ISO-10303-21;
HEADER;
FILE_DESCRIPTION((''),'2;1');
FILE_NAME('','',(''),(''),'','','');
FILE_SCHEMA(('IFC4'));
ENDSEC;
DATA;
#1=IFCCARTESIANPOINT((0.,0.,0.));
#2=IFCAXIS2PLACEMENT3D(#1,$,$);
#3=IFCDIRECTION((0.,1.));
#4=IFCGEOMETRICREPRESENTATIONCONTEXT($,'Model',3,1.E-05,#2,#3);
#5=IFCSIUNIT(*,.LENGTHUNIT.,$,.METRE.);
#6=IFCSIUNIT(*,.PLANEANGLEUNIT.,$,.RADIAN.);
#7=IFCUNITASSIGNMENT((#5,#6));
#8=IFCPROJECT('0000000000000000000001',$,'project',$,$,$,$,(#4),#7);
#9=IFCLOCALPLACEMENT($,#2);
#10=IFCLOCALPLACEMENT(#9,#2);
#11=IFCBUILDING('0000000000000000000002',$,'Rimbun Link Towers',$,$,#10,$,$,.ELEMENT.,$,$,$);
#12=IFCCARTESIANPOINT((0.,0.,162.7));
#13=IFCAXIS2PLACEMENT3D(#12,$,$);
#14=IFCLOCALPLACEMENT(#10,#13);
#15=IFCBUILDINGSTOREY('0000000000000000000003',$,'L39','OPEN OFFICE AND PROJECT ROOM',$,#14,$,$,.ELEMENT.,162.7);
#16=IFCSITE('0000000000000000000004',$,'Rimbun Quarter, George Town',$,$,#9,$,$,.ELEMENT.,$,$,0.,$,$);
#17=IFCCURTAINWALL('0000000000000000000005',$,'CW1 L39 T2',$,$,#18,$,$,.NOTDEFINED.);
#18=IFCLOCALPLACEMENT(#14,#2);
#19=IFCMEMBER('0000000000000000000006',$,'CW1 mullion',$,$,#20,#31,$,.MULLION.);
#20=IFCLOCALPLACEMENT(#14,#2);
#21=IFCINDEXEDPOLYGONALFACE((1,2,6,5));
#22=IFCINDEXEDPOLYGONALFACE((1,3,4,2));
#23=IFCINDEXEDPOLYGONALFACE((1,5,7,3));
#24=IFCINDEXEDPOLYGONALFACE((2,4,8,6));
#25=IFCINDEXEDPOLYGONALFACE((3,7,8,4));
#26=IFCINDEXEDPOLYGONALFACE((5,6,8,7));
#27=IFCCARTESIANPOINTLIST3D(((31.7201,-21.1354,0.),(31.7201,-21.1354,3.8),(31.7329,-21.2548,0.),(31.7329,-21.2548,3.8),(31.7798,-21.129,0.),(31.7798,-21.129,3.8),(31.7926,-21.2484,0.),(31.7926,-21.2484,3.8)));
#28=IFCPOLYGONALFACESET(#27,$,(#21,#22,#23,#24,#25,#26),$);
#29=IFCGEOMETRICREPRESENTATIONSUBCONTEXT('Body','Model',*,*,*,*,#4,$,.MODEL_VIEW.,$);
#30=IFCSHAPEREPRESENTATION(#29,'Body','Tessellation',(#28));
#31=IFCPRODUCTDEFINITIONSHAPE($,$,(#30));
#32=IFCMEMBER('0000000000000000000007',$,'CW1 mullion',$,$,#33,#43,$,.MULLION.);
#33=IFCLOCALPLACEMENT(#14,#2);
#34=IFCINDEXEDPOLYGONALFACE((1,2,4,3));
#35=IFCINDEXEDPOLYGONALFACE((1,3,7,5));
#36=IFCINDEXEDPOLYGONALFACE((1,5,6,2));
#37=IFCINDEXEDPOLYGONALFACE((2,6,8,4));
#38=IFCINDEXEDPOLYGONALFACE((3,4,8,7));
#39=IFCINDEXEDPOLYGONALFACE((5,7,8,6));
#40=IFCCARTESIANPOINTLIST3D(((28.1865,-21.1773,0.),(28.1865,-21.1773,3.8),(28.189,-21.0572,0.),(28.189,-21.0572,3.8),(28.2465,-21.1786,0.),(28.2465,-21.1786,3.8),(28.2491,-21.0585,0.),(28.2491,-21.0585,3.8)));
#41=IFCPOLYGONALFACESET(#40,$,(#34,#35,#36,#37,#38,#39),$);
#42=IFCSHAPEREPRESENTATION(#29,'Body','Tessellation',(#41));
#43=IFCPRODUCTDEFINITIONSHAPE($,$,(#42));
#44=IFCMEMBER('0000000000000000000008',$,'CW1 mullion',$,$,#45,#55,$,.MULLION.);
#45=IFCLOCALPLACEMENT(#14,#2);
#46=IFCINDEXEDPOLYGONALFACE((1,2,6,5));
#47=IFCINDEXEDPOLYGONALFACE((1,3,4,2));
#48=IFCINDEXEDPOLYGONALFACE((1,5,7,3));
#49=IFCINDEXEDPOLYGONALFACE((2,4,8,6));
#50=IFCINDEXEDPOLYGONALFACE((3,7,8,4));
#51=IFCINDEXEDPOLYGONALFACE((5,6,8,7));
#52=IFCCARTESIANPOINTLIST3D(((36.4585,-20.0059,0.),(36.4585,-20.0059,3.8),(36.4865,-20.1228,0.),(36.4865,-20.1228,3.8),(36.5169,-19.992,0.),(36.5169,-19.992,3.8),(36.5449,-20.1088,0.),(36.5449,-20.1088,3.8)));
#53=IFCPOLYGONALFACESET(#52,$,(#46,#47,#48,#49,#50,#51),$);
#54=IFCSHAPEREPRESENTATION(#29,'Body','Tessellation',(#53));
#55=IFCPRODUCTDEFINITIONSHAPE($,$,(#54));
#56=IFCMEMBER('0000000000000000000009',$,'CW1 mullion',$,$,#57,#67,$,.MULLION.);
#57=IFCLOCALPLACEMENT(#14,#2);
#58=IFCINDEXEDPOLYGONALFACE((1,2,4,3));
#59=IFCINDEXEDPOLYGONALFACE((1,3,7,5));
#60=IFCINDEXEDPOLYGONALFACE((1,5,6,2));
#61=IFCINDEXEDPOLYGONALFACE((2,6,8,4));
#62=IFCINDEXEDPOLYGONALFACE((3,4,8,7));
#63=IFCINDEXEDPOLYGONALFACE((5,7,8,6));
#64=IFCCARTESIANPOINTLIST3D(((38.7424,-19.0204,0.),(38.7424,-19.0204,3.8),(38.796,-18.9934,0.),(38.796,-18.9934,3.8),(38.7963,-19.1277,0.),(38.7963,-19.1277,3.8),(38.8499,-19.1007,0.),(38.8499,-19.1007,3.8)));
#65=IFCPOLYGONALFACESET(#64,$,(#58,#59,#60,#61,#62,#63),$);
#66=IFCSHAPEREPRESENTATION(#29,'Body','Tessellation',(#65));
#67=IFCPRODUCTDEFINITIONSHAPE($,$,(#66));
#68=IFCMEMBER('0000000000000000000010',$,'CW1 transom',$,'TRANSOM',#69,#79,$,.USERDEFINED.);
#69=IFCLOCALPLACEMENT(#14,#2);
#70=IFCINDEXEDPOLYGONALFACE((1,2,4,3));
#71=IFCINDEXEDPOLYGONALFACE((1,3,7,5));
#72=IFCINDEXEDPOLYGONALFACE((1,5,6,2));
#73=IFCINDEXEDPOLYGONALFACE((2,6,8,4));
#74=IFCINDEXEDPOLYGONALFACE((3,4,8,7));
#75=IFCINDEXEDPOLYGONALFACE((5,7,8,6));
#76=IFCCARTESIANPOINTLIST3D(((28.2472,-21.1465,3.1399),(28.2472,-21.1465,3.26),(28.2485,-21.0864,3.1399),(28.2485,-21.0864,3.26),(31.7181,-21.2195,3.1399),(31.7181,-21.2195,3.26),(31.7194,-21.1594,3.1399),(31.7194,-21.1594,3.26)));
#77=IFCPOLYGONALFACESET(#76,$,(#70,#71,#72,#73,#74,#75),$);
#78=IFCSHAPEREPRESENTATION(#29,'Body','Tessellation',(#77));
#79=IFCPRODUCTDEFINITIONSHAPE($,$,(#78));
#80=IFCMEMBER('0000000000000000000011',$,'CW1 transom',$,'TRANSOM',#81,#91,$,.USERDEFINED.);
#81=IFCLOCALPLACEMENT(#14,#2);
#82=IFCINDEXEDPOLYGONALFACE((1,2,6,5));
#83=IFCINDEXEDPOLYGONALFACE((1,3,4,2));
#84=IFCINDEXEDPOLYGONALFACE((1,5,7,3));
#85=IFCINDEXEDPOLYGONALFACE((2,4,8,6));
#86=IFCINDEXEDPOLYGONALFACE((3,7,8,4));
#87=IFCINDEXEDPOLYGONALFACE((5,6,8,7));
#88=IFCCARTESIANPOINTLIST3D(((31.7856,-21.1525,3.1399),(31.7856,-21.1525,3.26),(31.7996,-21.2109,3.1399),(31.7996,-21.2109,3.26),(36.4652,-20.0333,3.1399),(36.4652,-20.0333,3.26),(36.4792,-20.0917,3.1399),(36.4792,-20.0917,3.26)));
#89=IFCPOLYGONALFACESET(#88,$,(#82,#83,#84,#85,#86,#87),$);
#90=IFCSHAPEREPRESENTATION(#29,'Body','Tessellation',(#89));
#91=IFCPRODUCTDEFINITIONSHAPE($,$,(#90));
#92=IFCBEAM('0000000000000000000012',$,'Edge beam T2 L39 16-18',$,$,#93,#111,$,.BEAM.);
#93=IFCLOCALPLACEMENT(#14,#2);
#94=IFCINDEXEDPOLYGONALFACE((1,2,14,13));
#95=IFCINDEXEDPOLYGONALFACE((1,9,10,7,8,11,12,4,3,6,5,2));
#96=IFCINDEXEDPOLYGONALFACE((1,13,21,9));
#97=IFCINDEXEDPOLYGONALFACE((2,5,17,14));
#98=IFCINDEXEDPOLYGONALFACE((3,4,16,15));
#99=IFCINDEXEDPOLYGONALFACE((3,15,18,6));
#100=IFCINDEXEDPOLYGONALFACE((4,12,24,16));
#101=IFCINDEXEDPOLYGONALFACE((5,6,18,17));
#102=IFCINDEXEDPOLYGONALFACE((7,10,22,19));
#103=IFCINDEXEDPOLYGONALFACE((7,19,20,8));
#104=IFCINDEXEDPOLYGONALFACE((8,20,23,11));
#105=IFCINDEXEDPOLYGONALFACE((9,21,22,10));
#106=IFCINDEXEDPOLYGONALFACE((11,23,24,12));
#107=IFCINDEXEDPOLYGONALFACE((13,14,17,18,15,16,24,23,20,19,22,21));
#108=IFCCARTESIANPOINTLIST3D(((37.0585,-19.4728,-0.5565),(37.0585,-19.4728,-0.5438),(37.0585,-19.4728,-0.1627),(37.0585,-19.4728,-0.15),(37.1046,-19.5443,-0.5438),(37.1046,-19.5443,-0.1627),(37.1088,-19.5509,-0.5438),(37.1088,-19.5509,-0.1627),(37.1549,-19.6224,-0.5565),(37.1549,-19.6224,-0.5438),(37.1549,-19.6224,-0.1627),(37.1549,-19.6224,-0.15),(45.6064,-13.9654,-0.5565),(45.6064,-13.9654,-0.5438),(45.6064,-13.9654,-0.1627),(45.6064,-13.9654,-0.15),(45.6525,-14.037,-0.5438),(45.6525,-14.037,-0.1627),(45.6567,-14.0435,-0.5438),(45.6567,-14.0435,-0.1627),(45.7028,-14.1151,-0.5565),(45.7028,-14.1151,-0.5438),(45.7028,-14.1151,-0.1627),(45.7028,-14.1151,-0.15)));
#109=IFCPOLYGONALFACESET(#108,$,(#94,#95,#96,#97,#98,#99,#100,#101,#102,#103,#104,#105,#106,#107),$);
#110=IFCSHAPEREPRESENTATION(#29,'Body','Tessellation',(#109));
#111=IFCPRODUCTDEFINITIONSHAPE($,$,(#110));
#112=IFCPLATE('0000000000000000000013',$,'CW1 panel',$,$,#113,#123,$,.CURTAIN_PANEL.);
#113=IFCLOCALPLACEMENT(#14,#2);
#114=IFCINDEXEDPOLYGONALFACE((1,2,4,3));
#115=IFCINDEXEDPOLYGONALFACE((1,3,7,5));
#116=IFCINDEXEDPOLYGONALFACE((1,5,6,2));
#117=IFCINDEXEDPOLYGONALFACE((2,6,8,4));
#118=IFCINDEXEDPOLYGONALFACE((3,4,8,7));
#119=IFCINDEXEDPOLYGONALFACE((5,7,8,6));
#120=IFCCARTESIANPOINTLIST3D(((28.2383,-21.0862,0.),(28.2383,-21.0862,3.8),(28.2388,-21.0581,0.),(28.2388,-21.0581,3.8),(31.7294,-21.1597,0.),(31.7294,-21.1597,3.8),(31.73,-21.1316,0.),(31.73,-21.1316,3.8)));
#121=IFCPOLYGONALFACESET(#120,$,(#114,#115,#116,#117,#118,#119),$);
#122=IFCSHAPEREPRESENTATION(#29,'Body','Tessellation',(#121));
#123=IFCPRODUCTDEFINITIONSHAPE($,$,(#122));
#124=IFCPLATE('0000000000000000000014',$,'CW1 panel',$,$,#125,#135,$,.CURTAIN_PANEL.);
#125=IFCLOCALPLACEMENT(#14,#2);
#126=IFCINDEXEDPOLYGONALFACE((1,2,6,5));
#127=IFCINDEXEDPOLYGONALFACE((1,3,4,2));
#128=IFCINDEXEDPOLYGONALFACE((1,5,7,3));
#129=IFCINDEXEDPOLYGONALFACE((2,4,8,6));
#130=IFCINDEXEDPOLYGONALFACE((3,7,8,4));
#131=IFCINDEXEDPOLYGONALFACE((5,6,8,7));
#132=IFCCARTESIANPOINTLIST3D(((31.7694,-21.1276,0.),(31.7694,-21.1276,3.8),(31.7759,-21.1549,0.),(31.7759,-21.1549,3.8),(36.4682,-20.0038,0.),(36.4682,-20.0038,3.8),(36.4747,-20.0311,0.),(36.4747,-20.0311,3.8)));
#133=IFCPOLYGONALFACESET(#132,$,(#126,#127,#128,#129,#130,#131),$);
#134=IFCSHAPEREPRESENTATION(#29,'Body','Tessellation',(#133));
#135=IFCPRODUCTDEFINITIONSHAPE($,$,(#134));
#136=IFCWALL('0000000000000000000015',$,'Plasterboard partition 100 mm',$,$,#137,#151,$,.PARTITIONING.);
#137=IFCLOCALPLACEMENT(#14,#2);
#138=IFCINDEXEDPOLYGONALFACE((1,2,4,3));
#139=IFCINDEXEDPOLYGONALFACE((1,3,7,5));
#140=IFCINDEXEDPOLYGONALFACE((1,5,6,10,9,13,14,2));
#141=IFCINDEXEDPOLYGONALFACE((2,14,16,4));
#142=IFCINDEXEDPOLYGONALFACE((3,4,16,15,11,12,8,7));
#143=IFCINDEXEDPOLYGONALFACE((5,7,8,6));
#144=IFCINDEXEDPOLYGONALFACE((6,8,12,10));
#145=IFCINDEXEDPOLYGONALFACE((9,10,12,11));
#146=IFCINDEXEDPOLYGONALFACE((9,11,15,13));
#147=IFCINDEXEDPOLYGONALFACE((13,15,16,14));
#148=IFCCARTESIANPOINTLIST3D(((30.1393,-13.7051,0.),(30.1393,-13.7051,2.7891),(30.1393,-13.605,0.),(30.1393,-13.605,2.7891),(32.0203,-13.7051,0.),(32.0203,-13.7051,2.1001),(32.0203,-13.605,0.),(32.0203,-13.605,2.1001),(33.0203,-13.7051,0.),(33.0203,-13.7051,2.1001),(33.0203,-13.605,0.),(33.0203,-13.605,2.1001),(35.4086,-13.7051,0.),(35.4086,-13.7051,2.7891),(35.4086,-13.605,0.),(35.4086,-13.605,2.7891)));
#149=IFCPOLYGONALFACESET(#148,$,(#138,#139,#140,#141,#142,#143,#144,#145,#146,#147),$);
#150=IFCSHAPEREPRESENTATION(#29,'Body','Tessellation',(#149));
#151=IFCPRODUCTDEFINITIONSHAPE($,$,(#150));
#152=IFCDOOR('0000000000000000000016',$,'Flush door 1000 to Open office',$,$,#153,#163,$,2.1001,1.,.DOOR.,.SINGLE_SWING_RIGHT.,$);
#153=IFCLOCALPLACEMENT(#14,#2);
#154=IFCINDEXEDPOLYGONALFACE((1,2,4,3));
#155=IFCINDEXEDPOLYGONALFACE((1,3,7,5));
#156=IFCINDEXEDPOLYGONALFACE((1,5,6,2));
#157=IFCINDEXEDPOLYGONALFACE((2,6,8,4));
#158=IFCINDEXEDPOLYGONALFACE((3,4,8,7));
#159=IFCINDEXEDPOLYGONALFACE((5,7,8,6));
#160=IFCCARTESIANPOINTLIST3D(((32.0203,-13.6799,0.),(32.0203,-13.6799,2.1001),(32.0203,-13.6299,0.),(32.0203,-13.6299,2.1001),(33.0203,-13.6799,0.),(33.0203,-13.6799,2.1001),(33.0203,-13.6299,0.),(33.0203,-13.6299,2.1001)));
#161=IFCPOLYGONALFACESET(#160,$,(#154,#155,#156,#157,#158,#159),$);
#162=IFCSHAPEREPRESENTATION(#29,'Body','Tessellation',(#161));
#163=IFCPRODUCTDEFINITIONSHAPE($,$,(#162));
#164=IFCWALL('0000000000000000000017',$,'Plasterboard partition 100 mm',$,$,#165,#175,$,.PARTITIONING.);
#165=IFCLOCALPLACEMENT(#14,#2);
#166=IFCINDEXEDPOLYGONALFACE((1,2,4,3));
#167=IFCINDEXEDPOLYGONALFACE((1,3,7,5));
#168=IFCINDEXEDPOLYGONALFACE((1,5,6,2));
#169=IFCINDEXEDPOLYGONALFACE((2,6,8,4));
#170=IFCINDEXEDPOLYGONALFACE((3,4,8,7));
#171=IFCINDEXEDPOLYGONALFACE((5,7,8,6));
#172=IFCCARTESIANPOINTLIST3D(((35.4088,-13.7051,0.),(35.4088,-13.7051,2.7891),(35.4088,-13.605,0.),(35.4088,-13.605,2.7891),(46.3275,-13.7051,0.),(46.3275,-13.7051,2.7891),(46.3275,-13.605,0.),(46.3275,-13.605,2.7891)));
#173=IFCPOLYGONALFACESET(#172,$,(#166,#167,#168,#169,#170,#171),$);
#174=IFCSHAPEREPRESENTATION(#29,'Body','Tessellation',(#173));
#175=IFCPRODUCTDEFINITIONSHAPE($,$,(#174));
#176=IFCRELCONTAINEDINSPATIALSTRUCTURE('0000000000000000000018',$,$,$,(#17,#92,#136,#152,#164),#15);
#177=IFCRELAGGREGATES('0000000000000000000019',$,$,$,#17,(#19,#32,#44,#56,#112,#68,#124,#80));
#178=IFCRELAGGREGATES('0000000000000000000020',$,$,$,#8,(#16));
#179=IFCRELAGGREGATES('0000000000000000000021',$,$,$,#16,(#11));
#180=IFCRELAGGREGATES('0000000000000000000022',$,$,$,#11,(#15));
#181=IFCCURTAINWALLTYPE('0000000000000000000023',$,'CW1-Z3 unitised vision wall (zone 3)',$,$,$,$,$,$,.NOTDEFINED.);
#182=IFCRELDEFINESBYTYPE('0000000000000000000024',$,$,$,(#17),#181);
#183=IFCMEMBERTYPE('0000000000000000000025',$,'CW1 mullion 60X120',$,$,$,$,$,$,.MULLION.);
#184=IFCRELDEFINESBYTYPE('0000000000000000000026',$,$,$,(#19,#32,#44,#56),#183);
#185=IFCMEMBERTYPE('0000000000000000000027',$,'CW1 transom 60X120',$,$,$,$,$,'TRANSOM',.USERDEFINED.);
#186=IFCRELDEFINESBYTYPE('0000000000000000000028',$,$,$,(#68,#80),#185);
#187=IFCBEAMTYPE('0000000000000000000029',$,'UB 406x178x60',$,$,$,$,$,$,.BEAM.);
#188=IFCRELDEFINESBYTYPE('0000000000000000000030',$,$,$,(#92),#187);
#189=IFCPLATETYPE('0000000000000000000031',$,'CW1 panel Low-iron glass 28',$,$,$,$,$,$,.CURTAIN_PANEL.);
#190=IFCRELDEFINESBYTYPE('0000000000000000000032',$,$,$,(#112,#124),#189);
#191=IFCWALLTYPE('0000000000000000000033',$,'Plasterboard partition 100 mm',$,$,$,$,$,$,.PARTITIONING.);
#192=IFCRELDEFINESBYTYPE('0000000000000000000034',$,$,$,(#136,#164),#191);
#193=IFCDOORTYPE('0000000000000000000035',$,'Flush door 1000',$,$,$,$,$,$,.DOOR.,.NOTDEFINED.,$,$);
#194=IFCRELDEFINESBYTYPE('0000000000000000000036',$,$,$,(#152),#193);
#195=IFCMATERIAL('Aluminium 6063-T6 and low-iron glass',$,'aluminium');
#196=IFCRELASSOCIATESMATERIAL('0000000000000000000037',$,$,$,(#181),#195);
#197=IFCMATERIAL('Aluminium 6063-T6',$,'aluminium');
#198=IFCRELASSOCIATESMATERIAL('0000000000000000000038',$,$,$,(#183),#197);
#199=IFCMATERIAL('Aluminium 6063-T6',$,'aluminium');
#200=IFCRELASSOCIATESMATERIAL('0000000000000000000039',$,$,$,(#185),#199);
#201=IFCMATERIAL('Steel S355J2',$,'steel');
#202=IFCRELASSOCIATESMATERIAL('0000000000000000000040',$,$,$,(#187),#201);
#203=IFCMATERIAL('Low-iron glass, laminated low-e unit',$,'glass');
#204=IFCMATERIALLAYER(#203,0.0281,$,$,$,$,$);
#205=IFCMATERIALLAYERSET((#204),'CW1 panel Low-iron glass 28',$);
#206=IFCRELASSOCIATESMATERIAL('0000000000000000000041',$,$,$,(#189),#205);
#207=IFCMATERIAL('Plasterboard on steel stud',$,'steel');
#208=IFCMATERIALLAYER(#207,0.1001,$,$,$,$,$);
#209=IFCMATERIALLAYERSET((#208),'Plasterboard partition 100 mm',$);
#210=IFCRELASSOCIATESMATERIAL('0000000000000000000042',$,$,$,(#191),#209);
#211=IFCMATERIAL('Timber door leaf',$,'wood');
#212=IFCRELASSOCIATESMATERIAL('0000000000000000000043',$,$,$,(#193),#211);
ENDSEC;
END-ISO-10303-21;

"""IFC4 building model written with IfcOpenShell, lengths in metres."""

from ifc_helpers import new_model, si_unit, direction, frame, frame_2d, origin, origin_2d, place, context, subcontext, project, spatial, rectangle, i_section, extrude, material, layer, layer_set, material_profile, profile_set, type_object, element, fill, aggregate, save


model = new_model("IFC4")

# Units and contexts
model_context = context("Model", 3, precision=1e-05, world=origin(), true_north=direction((0.0, 1.0)))
body_context = subcontext(model_context, "Body", "Model", "MODEL_VIEW")
ifc_project = project(units=[si_unit("LENGTHUNIT", "METRE"), si_unit("PLANEANGLEUNIT", "RADIAN")], contexts=[model_context])

# Site, building, storey
site_placement = place(None, origin())
site = spatial("IfcSite", under=ifc_project, at=site_placement, Name="Rimbun Quarter, George Town", CompositionType="ELEMENT", RefElevation=0.0)
building_placement = place(site_placement, origin())
building = spatial("IfcBuilding", under=site, at=building_placement, Name="Rimbun Link Towers", CompositionType="ELEMENT")
storey_placement = place(building_placement, frame((0.0, 0.0, 162.7)))
storey = spatial("IfcBuildingStorey", under=building, at=storey_placement, Name="L39", Description="OPEN OFFICE AND PROJECT ROOM", CompositionType="ELEMENT", Elevation=162.7)

# Curtain wall, members
ifc_material_1 = material(Name="Aluminium 6063-T6 and low-iron glass", Category="aluminium")
curtain_wall_type = type_object("IfcCurtainWallType", Name="CW1-Z3 unitised vision wall (zone 3)", PredefinedType="NOTDEFINED", material=ifc_material_1)
curtain_wall_placement = place(storey_placement, origin())
curtain_wall = element("IfcCurtainWall", 1, at=curtain_wall_placement, inside=storey, type_object=curtain_wall_type, Name="CW1 L39 T2", PredefinedType="NOTDEFINED")
ifc_material_2 = material(Name="Aluminium 6063-T6", Category="aluminium")
ifc_material_profile_1 = material_profile(ifc_material_2, rectangle(XDim=0.1201, YDim=0.0601, at=origin_2d()), Name="MULLION 60X120")
ifc_profile_set_1 = profile_set([ifc_material_profile_1], Name="Aluminium 6063-T6")
member_type_1 = type_object("IfcMemberType", Name="CW1 mullion 60X120", PredefinedType="MULLION", material=ifc_profile_set_1)
member_1_placement = place(storey_placement, frame((31.7563, -21.1919, 0.0), z_axis=(0.0, 0.0, 1.0), x_axis=(0.106647, -0.994297, 0.0)))
member_1 = element("IfcMember", 2, at=member_1_placement, type_object=member_type_1, Name="CW1 mullion", PredefinedType="MULLION", context=body_context, shape_type="SweptSolid", body=[
    extrude(rectangle(XDim=0.1201, YDim=0.0601, at=origin_2d()), origin(), (0.0, 0.0, 1.0), 3.8),
])
member_2_placement = place(storey_placement, frame((28.2178, -21.1179, 0.0), z_axis=(0.0, 0.0, 1.0), x_axis=(-0.021059, -0.999778, 0.0)))
member_2 = element("IfcMember", 3, at=member_2_placement, type_object=member_type_1, Name="CW1 mullion", PredefinedType="MULLION", context=body_context, shape_type="SweptSolid", body=[
    extrude(rectangle(XDim=0.1201, YDim=0.0601, at=origin_2d()), origin(), (0.0, 0.0, 1.0), 3.8),
])
member_3_placement = place(storey_placement, frame((36.5017, -20.0574, 0.0), z_axis=(0.0, 0.0, 1.0), x_axis=(0.23261, -0.97257, 0.0)))
member_3 = element("IfcMember", 4, at=member_3_placement, type_object=member_type_1, Name="CW1 mullion", PredefinedType="MULLION", context=body_context, shape_type="SweptSolid", body=[
    extrude(rectangle(XDim=0.1201, YDim=0.0601, at=origin_2d()), origin(), (0.0, 0.0, 1.0), 3.8),
])
member_4_placement = place(storey_placement, frame((38.7961, -19.0605, 0.0), z_axis=(0.0, 0.0, 1.0), x_axis=(0.448766, -0.893649, 0.0)))
member_4 = element("IfcMember", 5, at=member_4_placement, type_object=member_type_1, Name="CW1 mullion", PredefinedType="MULLION", context=body_context, shape_type="SweptSolid", body=[
    extrude(rectangle(XDim=0.1201, YDim=0.0601, at=origin_2d()), origin(), (0.0, 0.0, 1.0), 3.8),
])
ifc_material_3 = material(Name="Aluminium 6063-T6", Category="aluminium")
ifc_material_profile_2 = material_profile(ifc_material_3, rectangle(XDim=0.0601, YDim=0.1201, at=origin_2d()), Name="TRANSOM 60X120")
ifc_profile_set_2 = profile_set([ifc_material_profile_2], Name="Aluminium 6063-T6")
member_type_2 = type_object("IfcMemberType", Name="CW1 transom 60X120", ElementType="TRANSOM", PredefinedType="USERDEFINED", material=ifc_profile_set_2)
member_5_placement = place(storey_placement, frame((31.7188, -21.1895, 3.2), z_axis=(-0.999779, 0.021027, 0.0), x_axis=(-0.021027, -0.999779, 0.0)))
member_5 = element("IfcMember", 6, at=member_5_placement, type_object=member_type_2, Name="CW1 transom", ObjectType="TRANSOM", PredefinedType="USERDEFINED", context=body_context, shape_type="SweptSolid", body=[
    extrude(rectangle(XDim=0.0601, YDim=0.1201, at=origin_2d()), origin(), (0.0, 0.0, 1.0), 3.4717),
])
member_6_placement = place(storey_placement, frame((36.4722, -20.0625, 3.2), z_axis=(-0.972572, -0.232601, 0.0), x_axis=(0.232601, -0.972572, 0.0)))
member_6 = element("IfcMember", 7, at=member_6_placement, type_object=member_type_2, Name="CW1 transom", ObjectType="TRANSOM", PredefinedType="USERDEFINED", context=body_context, shape_type="SweptSolid", body=[
    extrude(rectangle(XDim=0.0601, YDim=0.1201, at=origin_2d()), origin(), (0.0, 0.0, 1.0), 4.8115),
])

# Beam
ifc_material_4 = material(Name="Steel S355J2", Category="steel")
ifc_material_profile_3 = material_profile(ifc_material_4, i_section(OverallWidth=0.178, OverallDepth=0.4065, WebThickness=0.0078, FlangeThickness=0.0127, at=origin_2d()), Name="UB 406x178x60")
ifc_profile_set_3 = profile_set([ifc_material_profile_3], Name="Steel S355J2")
beam_type = type_object("IfcBeamType", Name="UB 406x178x60", PredefinedType="BEAM", material=ifc_profile_set_3)
beam_placement = place(storey_placement, frame((37.1067, -19.5476, -0.3533), z_axis=(0.840629, 0.541612, 0.0), x_axis=(-0.541612, 0.840629, 0.0)))
element("IfcBeam", 8, at=beam_placement, inside=storey, type_object=beam_type, Name="Edge beam T2 L39 16-18", PredefinedType="BEAM", context=body_context, shape_type="SweptSolid", body=[
    extrude(i_section(OverallWidth=0.178, OverallDepth=0.4065, WebThickness=0.0078, FlangeThickness=0.0127, at=origin_2d()), origin(), (0.0, 0.0, 1.0), 10.1685),
])

# Plates
ifc_material_5 = material(Name="Low-iron glass, laminated low-e unit", Category="glass")
ifc_layer_1 = layer(ifc_material_5, 0.0281)
ifc_layer_set_1 = layer_set([ifc_layer_1], Name="CW1 panel Low-iron glass 28")
plate_type = type_object("IfcPlateType", Name="CW1 panel Low-iron glass 28", PredefinedType="CURTAIN_PANEL", material=ifc_layer_set_1)
plate_1_placement = place(storey_placement, frame((29.9841, -21.1089, 0.0), z_axis=(0.0, 0.0, 1.0), x_axis=(-0.999778, 0.021059, 0.0)))
plate_1 = element("IfcPlate", 9, at=plate_1_placement, type_object=plate_type, Name="CW1 panel", PredefinedType="CURTAIN_PANEL", context=body_context, shape_type="SweptSolid", body=[
    extrude(rectangle(XDim=3.4919, YDim=0.0281, at=origin_2d()), origin(), (0.0, 0.0, 1.0), 3.8),
])
plate_2_placement = place(storey_placement, frame((34.1221, -20.5793, 0.0), z_axis=(0.0, 0.0, 1.0), x_axis=(-0.97257, -0.23261, 0.0)))
plate_2 = element("IfcPlate", 10, at=plate_2_placement, type_object=plate_type, Name="CW1 panel", PredefinedType="CURTAIN_PANEL", context=body_context, shape_type="SweptSolid", body=[
    extrude(rectangle(XDim=4.8313, YDim=0.0281, at=origin_2d()), origin(), (0.0, 0.0, 1.0), 3.8),
])
aggregate(curtain_wall, [member_1, member_2, member_3, member_4, plate_1, member_5, plate_2, member_6])

# Wall, opening, door
ifc_material_6 = material(Name="Plasterboard on steel stud", Category="steel")
ifc_layer_2 = layer(ifc_material_6, 0.1001)
ifc_layer_set_2 = layer_set([ifc_layer_2], Name="Plasterboard partition 100 mm")
wall_type = type_object("IfcWallType", Name="Plasterboard partition 100 mm", PredefinedType="PARTITIONING", material=ifc_layer_set_2)
wall_1_placement = place(storey_placement, frame((35.4087, -13.655, 0.0), z_axis=(0.0, 0.0, 1.0), x_axis=(-1.0, 0.0, 0.0)))
wall_1 = element("IfcWall", 11, at=wall_1_placement, inside=storey, type_object=wall_type, Name="Plasterboard partition 100 mm", PredefinedType="PARTITIONING", context=body_context, shape_type="SweptSolid", body=[
    extrude(rectangle(XDim=5.2693, YDim=0.1001, at=frame_2d((2.6348, 0.0))), origin(), (0.0, 0.0, 1.0), 2.7891),
])
opening_placement = place(wall_1_placement, frame((2.3884, 0.0, 0.0)))
opening = element("IfcOpeningElement", 12, at=opening_placement, cuts=wall_1, PredefinedType="OPENING", context=body_context, shape_type="SweptSolid", body=[
    extrude(rectangle(XDim=1.0, YDim=2.1001, at=frame_2d((0.5, 1.05))), frame((0.0, 0.0601, 0.0), z_axis=(0.0, -1.0, 0.0), x_axis=(1.0, 0.0, 0.0)), (0.0, 0.0, 1.0), 0.1201),
])
ifc_material_7 = material(Name="Timber door leaf", Category="wood")
door_type = type_object("IfcDoorType", Name="Flush door 1000", OperationType="NOTDEFINED", PredefinedType="DOOR", material=ifc_material_7)
door_placement = place(opening_placement, origin())
door = element("IfcDoor", 13, at=door_placement, inside=storey, type_object=door_type, Name="Flush door 1000 to Open office", OperationType="SINGLE_SWING_RIGHT", OverallHeight=2.1001, OverallWidth=1.0, PredefinedType="DOOR", context=body_context, shape_type="SweptSolid", body=[
    extrude(rectangle(XDim=1.0, YDim=2.1001, at=frame_2d((0.5, 1.05))), frame((0.0, 0.0249, 0.0), z_axis=(0.0, -1.0, 0.0), x_axis=(1.0, 0.0, 0.0)), (0.0, 0.0, 1.0), 0.05),
])
fill(opening, door)

# Wall
wall_2_placement = place(storey_placement, frame((35.4087, -13.655, 0.0), z_axis=(0.0, 0.0, 1.0), x_axis=(1.0, 0.0, 0.0)))
element("IfcWall", 14, at=wall_2_placement, inside=storey, type_object=wall_type, Name="Plasterboard partition 100 mm", PredefinedType="PARTITIONING", context=body_context, shape_type="SweptSolid", body=[
    extrude(rectangle(XDim=10.9187, YDim=0.1001, at=frame_2d((5.4595, 0.0))), origin(), (0.0, 0.0, 1.0), 2.7891),
])

save(model, "model.ifc")
